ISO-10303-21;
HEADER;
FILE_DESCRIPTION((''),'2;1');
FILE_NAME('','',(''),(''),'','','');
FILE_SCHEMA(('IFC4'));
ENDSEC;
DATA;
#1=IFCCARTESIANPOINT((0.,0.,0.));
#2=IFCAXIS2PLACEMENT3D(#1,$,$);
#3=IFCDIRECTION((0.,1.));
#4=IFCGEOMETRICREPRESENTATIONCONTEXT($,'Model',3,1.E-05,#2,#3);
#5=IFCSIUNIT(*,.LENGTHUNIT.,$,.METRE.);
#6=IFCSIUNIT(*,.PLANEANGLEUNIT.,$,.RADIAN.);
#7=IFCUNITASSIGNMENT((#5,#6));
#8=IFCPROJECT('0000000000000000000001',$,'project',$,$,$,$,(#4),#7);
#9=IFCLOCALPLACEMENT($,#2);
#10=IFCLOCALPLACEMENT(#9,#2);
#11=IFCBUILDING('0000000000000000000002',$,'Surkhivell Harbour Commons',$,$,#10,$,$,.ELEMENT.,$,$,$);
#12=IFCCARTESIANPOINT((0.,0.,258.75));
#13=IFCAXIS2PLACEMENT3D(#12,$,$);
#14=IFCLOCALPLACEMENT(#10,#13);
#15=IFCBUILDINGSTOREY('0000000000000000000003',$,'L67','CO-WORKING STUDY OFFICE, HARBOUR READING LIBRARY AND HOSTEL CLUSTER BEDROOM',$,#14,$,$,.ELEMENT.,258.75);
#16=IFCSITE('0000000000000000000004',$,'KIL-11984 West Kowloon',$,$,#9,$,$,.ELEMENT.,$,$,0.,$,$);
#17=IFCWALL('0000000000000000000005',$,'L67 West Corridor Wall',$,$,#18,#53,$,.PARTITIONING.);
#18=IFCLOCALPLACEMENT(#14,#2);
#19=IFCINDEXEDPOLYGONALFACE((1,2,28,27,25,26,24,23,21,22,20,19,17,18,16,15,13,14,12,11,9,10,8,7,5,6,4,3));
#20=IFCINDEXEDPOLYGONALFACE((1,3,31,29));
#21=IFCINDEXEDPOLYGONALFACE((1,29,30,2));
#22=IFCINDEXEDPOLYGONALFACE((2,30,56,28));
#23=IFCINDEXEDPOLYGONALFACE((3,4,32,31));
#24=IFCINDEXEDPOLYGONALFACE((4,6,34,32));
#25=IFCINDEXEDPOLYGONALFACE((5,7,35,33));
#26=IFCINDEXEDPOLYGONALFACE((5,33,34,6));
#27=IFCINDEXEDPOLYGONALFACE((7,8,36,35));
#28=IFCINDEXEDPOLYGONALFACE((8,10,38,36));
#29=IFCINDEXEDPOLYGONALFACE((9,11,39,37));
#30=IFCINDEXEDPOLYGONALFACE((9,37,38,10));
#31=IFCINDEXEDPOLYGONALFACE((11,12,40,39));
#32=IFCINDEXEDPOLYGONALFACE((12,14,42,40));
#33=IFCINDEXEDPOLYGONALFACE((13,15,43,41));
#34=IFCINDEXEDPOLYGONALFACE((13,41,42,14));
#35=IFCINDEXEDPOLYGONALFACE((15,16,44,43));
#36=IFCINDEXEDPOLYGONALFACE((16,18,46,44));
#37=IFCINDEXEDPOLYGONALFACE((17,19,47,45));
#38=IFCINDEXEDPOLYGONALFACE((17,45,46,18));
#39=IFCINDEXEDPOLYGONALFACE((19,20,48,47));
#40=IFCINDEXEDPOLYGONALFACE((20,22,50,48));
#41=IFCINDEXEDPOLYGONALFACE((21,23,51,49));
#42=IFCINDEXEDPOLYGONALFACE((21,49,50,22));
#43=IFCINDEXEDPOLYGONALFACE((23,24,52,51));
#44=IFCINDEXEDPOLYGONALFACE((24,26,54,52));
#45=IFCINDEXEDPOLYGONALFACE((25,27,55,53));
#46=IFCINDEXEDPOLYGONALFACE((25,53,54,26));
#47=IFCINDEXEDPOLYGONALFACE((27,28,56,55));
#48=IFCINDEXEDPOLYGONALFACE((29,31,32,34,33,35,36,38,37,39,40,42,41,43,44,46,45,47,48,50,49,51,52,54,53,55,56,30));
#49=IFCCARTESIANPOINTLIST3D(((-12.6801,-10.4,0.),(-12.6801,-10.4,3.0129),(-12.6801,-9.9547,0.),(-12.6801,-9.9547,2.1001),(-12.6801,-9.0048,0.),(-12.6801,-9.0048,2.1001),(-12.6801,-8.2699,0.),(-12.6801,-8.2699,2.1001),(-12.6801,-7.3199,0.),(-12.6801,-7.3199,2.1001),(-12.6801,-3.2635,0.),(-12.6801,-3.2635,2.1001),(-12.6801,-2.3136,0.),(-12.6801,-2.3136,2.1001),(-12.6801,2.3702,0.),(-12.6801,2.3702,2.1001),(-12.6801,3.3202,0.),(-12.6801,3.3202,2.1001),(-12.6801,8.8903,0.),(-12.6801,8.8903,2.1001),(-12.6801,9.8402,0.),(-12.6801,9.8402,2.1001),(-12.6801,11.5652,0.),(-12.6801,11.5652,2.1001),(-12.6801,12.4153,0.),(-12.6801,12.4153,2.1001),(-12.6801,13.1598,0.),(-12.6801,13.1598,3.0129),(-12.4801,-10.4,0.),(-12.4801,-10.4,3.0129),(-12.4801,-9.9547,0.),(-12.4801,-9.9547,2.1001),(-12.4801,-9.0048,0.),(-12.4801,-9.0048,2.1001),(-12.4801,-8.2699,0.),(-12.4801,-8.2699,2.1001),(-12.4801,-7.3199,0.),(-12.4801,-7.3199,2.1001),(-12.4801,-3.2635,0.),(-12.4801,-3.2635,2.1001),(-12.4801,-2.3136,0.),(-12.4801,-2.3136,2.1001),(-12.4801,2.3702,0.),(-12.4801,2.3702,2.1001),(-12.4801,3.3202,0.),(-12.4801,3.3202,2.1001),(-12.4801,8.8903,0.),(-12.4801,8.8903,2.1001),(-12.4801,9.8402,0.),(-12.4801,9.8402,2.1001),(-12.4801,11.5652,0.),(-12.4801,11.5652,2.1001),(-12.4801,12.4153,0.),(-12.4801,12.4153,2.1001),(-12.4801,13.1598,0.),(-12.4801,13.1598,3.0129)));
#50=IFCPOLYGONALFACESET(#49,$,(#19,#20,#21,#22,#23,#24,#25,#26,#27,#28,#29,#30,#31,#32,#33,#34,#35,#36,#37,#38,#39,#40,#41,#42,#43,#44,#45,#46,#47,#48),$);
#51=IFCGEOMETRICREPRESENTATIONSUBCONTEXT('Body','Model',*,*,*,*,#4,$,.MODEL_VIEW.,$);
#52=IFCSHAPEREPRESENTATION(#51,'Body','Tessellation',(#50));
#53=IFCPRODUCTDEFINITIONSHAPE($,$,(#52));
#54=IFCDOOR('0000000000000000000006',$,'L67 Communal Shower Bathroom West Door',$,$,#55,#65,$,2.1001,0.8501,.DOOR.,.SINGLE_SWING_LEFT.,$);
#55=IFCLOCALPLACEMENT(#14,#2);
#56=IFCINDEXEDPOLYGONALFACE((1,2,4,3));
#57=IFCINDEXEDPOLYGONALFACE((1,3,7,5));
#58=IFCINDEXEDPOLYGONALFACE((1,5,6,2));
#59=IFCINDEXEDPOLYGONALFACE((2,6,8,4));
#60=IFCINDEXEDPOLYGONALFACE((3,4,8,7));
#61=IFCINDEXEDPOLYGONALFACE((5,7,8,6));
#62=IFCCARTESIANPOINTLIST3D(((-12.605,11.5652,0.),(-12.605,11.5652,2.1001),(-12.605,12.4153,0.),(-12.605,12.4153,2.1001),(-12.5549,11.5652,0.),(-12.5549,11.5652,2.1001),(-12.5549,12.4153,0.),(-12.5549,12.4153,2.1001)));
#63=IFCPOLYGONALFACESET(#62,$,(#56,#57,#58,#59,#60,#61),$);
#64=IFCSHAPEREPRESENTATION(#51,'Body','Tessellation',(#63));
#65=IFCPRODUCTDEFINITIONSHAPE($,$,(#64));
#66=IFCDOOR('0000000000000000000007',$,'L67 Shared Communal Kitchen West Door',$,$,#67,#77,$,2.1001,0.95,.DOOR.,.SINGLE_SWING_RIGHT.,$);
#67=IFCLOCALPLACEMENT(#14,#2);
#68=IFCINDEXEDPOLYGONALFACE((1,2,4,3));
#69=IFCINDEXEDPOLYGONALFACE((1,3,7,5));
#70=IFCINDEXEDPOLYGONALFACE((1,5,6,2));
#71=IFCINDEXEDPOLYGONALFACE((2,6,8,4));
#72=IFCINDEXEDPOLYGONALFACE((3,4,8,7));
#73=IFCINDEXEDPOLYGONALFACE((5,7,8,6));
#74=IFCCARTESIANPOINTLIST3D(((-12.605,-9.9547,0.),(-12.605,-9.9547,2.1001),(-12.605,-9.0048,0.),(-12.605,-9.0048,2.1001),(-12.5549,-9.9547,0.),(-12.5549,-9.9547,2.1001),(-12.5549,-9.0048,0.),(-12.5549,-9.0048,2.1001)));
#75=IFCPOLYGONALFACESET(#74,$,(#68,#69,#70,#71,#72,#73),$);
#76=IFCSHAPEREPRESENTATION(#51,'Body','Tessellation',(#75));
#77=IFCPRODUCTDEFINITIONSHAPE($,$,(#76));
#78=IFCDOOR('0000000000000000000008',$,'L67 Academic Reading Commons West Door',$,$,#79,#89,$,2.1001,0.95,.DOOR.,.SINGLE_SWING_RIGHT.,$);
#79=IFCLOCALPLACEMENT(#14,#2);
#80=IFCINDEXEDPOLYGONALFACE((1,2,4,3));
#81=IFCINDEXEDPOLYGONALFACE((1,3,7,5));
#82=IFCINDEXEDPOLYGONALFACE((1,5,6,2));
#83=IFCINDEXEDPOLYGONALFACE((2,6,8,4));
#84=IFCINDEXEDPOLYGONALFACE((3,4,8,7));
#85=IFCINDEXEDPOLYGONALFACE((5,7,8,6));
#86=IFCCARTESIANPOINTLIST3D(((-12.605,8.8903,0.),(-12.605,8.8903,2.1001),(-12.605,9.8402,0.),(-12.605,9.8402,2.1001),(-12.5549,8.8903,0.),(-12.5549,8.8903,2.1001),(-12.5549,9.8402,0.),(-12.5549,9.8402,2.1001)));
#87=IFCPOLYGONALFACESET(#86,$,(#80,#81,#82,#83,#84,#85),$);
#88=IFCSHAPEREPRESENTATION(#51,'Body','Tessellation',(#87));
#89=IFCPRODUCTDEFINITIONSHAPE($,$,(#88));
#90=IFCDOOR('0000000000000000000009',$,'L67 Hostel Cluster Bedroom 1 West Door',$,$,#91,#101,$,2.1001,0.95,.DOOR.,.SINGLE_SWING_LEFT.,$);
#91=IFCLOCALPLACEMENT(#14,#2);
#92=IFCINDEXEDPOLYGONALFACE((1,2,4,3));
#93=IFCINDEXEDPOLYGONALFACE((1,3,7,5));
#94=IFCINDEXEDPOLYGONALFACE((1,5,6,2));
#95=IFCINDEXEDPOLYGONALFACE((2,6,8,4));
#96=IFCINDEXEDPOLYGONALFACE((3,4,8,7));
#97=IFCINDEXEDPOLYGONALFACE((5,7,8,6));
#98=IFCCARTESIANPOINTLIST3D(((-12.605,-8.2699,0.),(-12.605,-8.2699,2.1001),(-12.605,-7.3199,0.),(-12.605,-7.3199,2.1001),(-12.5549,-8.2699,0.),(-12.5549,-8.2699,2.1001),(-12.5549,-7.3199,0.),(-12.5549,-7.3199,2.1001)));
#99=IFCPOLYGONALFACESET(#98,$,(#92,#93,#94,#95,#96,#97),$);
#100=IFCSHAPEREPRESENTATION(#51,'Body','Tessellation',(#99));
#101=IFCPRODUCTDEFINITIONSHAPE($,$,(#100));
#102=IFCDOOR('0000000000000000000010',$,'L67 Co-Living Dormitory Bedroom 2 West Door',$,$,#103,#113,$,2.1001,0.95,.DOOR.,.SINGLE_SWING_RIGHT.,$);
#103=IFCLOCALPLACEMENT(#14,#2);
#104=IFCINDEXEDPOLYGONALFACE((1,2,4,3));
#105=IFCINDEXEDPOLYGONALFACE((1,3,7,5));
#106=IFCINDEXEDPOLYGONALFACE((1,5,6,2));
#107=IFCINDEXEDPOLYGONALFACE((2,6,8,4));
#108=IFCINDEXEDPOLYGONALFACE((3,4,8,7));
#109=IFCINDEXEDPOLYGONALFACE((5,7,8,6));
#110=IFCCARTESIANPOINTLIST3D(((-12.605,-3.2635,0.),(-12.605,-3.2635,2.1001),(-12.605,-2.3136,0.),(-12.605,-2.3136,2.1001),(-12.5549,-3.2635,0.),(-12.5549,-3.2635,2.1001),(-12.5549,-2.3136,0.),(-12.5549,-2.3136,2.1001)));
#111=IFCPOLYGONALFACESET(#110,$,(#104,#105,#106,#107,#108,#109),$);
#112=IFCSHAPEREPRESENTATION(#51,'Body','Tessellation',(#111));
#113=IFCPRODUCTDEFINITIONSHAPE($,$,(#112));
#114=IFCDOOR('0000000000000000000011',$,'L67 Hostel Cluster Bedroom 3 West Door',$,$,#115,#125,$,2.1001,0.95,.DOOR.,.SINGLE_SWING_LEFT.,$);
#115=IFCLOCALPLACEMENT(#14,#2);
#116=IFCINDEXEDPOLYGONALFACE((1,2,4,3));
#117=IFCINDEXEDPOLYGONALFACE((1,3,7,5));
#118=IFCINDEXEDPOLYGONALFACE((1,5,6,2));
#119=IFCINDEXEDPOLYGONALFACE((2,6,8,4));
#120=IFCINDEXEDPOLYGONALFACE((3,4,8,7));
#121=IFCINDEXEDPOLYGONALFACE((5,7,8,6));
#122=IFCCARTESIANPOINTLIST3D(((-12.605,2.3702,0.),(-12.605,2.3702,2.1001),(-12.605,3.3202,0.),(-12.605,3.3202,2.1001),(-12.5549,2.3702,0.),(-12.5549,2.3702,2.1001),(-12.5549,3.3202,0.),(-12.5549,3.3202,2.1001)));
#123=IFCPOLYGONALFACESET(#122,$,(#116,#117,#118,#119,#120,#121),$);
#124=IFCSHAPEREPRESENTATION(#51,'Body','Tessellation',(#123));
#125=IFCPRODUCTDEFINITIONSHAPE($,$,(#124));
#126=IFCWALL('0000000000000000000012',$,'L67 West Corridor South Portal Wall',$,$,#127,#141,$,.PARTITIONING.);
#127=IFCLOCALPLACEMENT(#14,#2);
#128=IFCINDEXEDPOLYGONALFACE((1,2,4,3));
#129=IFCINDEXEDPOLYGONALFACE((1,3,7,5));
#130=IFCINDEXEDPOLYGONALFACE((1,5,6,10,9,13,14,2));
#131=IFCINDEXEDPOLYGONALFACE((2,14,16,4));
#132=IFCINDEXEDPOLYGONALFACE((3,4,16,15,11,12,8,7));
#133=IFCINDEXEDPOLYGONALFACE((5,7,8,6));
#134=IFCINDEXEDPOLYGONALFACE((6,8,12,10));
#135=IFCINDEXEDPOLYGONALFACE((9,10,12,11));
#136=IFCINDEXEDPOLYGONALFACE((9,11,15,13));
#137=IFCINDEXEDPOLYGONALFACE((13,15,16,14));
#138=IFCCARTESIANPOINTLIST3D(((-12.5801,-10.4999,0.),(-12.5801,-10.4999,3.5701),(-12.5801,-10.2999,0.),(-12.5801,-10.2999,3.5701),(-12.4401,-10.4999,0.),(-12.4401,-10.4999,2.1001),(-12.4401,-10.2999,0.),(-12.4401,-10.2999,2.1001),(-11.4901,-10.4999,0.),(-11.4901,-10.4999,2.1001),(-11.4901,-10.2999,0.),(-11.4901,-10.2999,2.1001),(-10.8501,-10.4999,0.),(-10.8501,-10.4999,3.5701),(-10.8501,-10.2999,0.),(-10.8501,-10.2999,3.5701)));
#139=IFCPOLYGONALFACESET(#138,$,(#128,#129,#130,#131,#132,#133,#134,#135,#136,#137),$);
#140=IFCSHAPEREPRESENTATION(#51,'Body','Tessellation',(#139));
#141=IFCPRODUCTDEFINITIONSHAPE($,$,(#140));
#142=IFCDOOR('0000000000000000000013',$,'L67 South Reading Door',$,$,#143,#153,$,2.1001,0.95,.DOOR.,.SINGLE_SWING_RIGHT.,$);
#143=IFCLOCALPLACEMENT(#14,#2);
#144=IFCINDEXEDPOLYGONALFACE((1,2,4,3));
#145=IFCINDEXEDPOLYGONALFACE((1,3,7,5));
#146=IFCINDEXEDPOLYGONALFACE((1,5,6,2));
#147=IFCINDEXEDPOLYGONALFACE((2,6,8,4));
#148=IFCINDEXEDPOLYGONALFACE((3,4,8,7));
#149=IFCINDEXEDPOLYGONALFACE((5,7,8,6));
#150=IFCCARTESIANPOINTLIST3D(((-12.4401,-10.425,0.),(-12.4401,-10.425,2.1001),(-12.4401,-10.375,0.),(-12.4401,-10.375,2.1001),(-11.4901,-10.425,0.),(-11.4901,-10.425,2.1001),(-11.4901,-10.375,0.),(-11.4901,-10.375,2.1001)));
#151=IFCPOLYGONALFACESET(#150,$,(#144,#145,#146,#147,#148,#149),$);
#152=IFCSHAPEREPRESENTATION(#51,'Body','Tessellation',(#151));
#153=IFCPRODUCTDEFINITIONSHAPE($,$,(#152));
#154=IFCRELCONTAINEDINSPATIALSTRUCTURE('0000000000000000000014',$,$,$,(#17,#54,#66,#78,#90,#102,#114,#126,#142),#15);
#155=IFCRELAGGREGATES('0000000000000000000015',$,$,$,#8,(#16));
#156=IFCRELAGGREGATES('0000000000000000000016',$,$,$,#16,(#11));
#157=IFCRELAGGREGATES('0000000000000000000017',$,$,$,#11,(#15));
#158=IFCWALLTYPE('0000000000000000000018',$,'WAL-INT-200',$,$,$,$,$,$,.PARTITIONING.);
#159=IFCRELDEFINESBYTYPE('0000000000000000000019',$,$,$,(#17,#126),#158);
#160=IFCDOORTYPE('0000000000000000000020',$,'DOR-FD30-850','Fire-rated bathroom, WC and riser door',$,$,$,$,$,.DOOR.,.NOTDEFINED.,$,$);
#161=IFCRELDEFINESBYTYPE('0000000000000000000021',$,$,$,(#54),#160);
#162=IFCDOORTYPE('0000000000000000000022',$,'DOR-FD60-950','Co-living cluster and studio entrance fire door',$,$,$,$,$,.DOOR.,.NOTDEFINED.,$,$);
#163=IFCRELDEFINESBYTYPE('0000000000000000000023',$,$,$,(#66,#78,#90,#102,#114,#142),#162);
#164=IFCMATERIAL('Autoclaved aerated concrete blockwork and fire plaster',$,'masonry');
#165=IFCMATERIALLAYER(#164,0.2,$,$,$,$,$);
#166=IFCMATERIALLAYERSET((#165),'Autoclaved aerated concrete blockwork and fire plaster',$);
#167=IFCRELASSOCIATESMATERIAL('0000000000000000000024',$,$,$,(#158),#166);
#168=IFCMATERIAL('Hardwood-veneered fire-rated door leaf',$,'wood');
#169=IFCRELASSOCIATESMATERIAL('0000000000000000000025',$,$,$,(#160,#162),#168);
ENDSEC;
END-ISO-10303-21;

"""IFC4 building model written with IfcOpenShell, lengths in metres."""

from ifc_helpers import new_model, si_unit, direction, frame, frame_2d, origin, place, context, subcontext, project, spatial, rectangle, extrude, material, layer, layer_set, type_object, element, fill, save


model = new_model("IFC4")

# Units and contexts
model_context = context("Model", 3, precision=1e-05, world=origin(), true_north=direction((0.0, 1.0)))
body_context = subcontext(model_context, "Body", "Model", "MODEL_VIEW")
ifc_project = project(units=[si_unit("LENGTHUNIT", "METRE"), si_unit("PLANEANGLEUNIT", "RADIAN")], contexts=[model_context])

# Site, building, storey
site_placement = place(None, origin())
site = spatial("IfcSite", under=ifc_project, at=site_placement, Name="KIL-11984 West Kowloon", CompositionType="ELEMENT", RefElevation=0.0)
building_placement = place(site_placement, origin())
building = spatial("IfcBuilding", under=site, at=building_placement, Name="Surkhivell Harbour Commons", CompositionType="ELEMENT")
storey_placement = place(building_placement, frame((0.0, 0.0, 258.75)))
storey = spatial("IfcBuildingStorey", under=building, at=storey_placement, Name="L67", Description="CO-WORKING STUDY OFFICE, HARBOUR READING LIBRARY AND HOSTEL CLUSTER BEDROOM", CompositionType="ELEMENT", Elevation=258.75)

# Wall, openings, doors
ifc_material_1 = material(Name="Autoclaved aerated concrete blockwork and fire plaster", Category="masonry")
ifc_layer_1 = layer(ifc_material_1, 0.2)
ifc_layer_set_1 = layer_set([ifc_layer_1], Name="Autoclaved aerated concrete blockwork and fire plaster")
wall_type_1 = type_object("IfcWallType", Name="WAL-INT-200", PredefinedType="PARTITIONING", material=ifc_layer_set_1)
wall_1_placement = place(storey_placement, frame((-12.5801, -10.3999, 0.0), z_axis=(0.0, 0.0, 1.0), x_axis=(0.0, 1.0, 0.0)))
wall_1 = element("IfcWall", 1, at=wall_1_placement, inside=storey, type_object=wall_type_1, Name="L67 West Corridor Wall", PredefinedType="PARTITIONING", context=body_context, shape_type="SweptSolid", body=[
    extrude(rectangle(XDim=23.5598, YDim=0.2, at=frame_2d((11.7798, 0.0))), origin(), (0.0, 0.0, 1.0), 3.0129),
])
opening_1_placement = place(wall_1_placement, frame((0.4451, 0.0, 0.0)))
opening_1 = element("IfcOpeningElement", 2, at=opening_1_placement, cuts=wall_1, PredefinedType="OPENING", context=body_context, shape_type="SweptSolid", body=[
    extrude(rectangle(XDim=0.95, YDim=2.1001, at=frame_2d((0.4751, 1.05))), frame((0.0, 0.1099, 0.0), z_axis=(0.0, -1.0, 0.0), x_axis=(1.0, 0.0, 0.0)), (0.0, 0.0, 1.0), 0.22),
])
opening_2_placement = place(wall_1_placement, frame((21.9651, 0.0, 0.0)))
opening_2 = element("IfcOpeningElement", 3, at=opening_2_placement, cuts=wall_1, PredefinedType="OPENING", context=body_context, shape_type="SweptSolid", body=[
    extrude(rectangle(XDim=0.8501, YDim=2.1001, at=frame_2d((0.425, 1.05))), frame((0.0, 0.1099, 0.0), z_axis=(0.0, -1.0, 0.0), x_axis=(1.0, 0.0, 0.0)), (0.0, 0.0, 1.0), 0.22),
])
opening_3_placement = place(wall_1_placement, frame((19.29, 0.0, 0.0)))
opening_3 = element("IfcOpeningElement", 4, at=opening_3_placement, cuts=wall_1, PredefinedType="OPENING", context=body_context, shape_type="SweptSolid", body=[
    extrude(rectangle(XDim=0.95, YDim=2.1001, at=frame_2d((0.4751, 1.05))), frame((0.0, 0.1099, 0.0), z_axis=(0.0, -1.0, 0.0), x_axis=(1.0, 0.0, 0.0)), (0.0, 0.0, 1.0), 0.22),
])
opening_4_placement = place(wall_1_placement, frame((2.1299, 0.0, 0.0)))
opening_4 = element("IfcOpeningElement", 5, at=opening_4_placement, cuts=wall_1, PredefinedType="OPENING", context=body_context, shape_type="SweptSolid", body=[
    extrude(rectangle(XDim=0.95, YDim=2.1001, at=frame_2d((0.4751, 1.05))), frame((0.0, 0.1099, 0.0), z_axis=(0.0, -1.0, 0.0), x_axis=(1.0, 0.0, 0.0)), (0.0, 0.0, 1.0), 0.22),
])
opening_5_placement = place(wall_1_placement, frame((7.1362, 0.0, 0.0)))
opening_5 = element("IfcOpeningElement", 6, at=opening_5_placement, cuts=wall_1, PredefinedType="OPENING", context=body_context, shape_type="SweptSolid", body=[
    extrude(rectangle(XDim=0.95, YDim=2.1001, at=frame_2d((0.4751, 1.05))), frame((0.0, 0.1099, 0.0), z_axis=(0.0, -1.0, 0.0), x_axis=(1.0, 0.0, 0.0)), (0.0, 0.0, 1.0), 0.22),
])
opening_6_placement = place(wall_1_placement, frame((12.77, 0.0, 0.0)))
opening_6 = element("IfcOpeningElement", 7, at=opening_6_placement, cuts=wall_1, PredefinedType="OPENING", context=body_context, shape_type="SweptSolid", body=[
    extrude(rectangle(XDim=0.95, YDim=2.1001, at=frame_2d((0.4751, 1.05))), frame((0.0, 0.1099, 0.0), z_axis=(0.0, -1.0, 0.0), x_axis=(1.0, 0.0, 0.0)), (0.0, 0.0, 1.0), 0.22),
])
ifc_material_2 = material(Name="Hardwood-veneered fire-rated door leaf", Category="wood")
door_type_1 = type_object("IfcDoorType", Name="DOR-FD30-850", Description="Fire-rated bathroom, WC and riser door", OperationType="NOTDEFINED", PredefinedType="DOOR", material=ifc_material_2)
door_1_placement = place(opening_2_placement, origin())
door_1 = element("IfcDoor", 8, at=door_1_placement, inside=storey, type_object=door_type_1, Name="L67 Communal Shower Bathroom West Door", OperationType="SINGLE_SWING_LEFT", OverallHeight=2.1001, OverallWidth=0.8501, PredefinedType="DOOR", context=body_context, shape_type="SweptSolid", body=[
    extrude(rectangle(XDim=0.8501, YDim=2.1001, at=frame_2d((0.425, 1.05))), frame((0.0, 0.0249, 0.0), z_axis=(0.0, -1.0, 0.0), x_axis=(1.0, 0.0, 0.0)), (0.0, 0.0, 1.0), 0.05),
])
fill(opening_2, door_1)
door_type_2 = type_object("IfcDoorType", Name="DOR-FD60-950", Description="Co-living cluster and studio entrance fire door", OperationType="NOTDEFINED", PredefinedType="DOOR", material=ifc_material_2)
door_2_placement = place(opening_1_placement, origin())
door_2 = element("IfcDoor", 9, at=door_2_placement, inside=storey, type_object=door_type_2, Name="L67 Shared Communal Kitchen West Door", OperationType="SINGLE_SWING_RIGHT", OverallHeight=2.1001, OverallWidth=0.95, PredefinedType="DOOR", context=body_context, shape_type="SweptSolid", body=[
    extrude(rectangle(XDim=0.95, YDim=2.1001, at=frame_2d((0.4751, 1.05))), frame((0.0, 0.0249, 0.0), z_axis=(0.0, -1.0, 0.0), x_axis=(1.0, 0.0, 0.0)), (0.0, 0.0, 1.0), 0.05),
])
fill(opening_1, door_2)
door_3_placement = place(opening_3_placement, origin())
door_3 = element("IfcDoor", 10, at=door_3_placement, inside=storey, type_object=door_type_2, Name="L67 Academic Reading Commons West Door", OperationType="SINGLE_SWING_RIGHT", OverallHeight=2.1001, OverallWidth=0.95, PredefinedType="DOOR", context=body_context, shape_type="SweptSolid", body=[
    extrude(rectangle(XDim=0.95, YDim=2.1001, at=frame_2d((0.4751, 1.05))), frame((0.0, 0.0249, 0.0), z_axis=(0.0, -1.0, 0.0), x_axis=(1.0, 0.0, 0.0)), (0.0, 0.0, 1.0), 0.05),
])
fill(opening_3, door_3)
door_4_placement = place(opening_4_placement, origin())
door_4 = element("IfcDoor", 11, at=door_4_placement, inside=storey, type_object=door_type_2, Name="L67 Hostel Cluster Bedroom 1 West Door", OperationType="SINGLE_SWING_LEFT", OverallHeight=2.1001, OverallWidth=0.95, PredefinedType="DOOR", context=body_context, shape_type="SweptSolid", body=[
    extrude(rectangle(XDim=0.95, YDim=2.1001, at=frame_2d((0.4751, 1.05))), frame((0.0, 0.0249, 0.0), z_axis=(0.0, -1.0, 0.0), x_axis=(1.0, 0.0, 0.0)), (0.0, 0.0, 1.0), 0.05),
])
fill(opening_4, door_4)
door_5_placement = place(opening_5_placement, origin())
door_5 = element("IfcDoor", 12, at=door_5_placement, inside=storey, type_object=door_type_2, Name="L67 Co-Living Dormitory Bedroom 2 West Door", OperationType="SINGLE_SWING_RIGHT", OverallHeight=2.1001, OverallWidth=0.95, PredefinedType="DOOR", context=body_context, shape_type="SweptSolid", body=[
    extrude(rectangle(XDim=0.95, YDim=2.1001, at=frame_2d((0.4751, 1.05))), frame((0.0, 0.0249, 0.0), z_axis=(0.0, -1.0, 0.0), x_axis=(1.0, 0.0, 0.0)), (0.0, 0.0, 1.0), 0.05),
])
fill(opening_5, door_5)
door_6_placement = place(opening_6_placement, origin())
door_6 = element("IfcDoor", 13, at=door_6_placement, inside=storey, type_object=door_type_2, Name="L67 Hostel Cluster Bedroom 3 West Door", OperationType="SINGLE_SWING_LEFT", OverallHeight=2.1001, OverallWidth=0.95, PredefinedType="DOOR", context=body_context, shape_type="SweptSolid", body=[
    extrude(rectangle(XDim=0.95, YDim=2.1001, at=frame_2d((0.4751, 1.05))), frame((0.0, 0.0249, 0.0), z_axis=(0.0, -1.0, 0.0), x_axis=(1.0, 0.0, 0.0)), (0.0, 0.0, 1.0), 0.05),
])
fill(opening_6, door_6)

# Wall, opening, door
wall_2_placement = place(storey_placement, frame((-12.5801, -10.3999, 0.0), z_axis=(0.0, 0.0, 1.0), x_axis=(1.0, 0.0, 0.0)))
wall_2 = element("IfcWall", 14, at=wall_2_placement, inside=storey, type_object=wall_type_1, Name="L67 West Corridor South Portal Wall", PredefinedType="PARTITIONING", context=body_context, shape_type="SweptSolid", body=[
    extrude(rectangle(XDim=1.73, YDim=0.2, at=frame_2d((0.865, 0.0))), origin(), (0.0, 0.0, 1.0), 3.5701),
])
opening_7_placement = place(wall_2_placement, frame((0.1399, 0.0, 0.0)))
opening_7 = element("IfcOpeningElement", 15, at=opening_7_placement, cuts=wall_2, PredefinedType="OPENING", context=body_context, shape_type="SweptSolid", body=[
    extrude(rectangle(XDim=0.95, YDim=2.1001, at=frame_2d((0.4751, 1.05))), frame((0.0, 0.1099, 0.0), z_axis=(0.0, -1.0, 0.0), x_axis=(1.0, 0.0, 0.0)), (0.0, 0.0, 1.0), 0.22),
])
door_7_placement = place(opening_7_placement, origin())
door_7 = element("IfcDoor", 16, at=door_7_placement, inside=storey, type_object=door_type_2, Name="L67 South Reading Door", OperationType="SINGLE_SWING_RIGHT", OverallHeight=2.1001, OverallWidth=0.95, PredefinedType="DOOR", context=body_context, shape_type="SweptSolid", body=[
    extrude(rectangle(XDim=0.95, YDim=2.1001, at=frame_2d((0.4751, 1.05))), frame((0.0, 0.0249, 0.0), z_axis=(0.0, -1.0, 0.0), x_axis=(1.0, 0.0, 0.0)), (0.0, 0.0, 1.0), 0.05),
])
fill(opening_7, door_7)

save(model, "model.ifc")
